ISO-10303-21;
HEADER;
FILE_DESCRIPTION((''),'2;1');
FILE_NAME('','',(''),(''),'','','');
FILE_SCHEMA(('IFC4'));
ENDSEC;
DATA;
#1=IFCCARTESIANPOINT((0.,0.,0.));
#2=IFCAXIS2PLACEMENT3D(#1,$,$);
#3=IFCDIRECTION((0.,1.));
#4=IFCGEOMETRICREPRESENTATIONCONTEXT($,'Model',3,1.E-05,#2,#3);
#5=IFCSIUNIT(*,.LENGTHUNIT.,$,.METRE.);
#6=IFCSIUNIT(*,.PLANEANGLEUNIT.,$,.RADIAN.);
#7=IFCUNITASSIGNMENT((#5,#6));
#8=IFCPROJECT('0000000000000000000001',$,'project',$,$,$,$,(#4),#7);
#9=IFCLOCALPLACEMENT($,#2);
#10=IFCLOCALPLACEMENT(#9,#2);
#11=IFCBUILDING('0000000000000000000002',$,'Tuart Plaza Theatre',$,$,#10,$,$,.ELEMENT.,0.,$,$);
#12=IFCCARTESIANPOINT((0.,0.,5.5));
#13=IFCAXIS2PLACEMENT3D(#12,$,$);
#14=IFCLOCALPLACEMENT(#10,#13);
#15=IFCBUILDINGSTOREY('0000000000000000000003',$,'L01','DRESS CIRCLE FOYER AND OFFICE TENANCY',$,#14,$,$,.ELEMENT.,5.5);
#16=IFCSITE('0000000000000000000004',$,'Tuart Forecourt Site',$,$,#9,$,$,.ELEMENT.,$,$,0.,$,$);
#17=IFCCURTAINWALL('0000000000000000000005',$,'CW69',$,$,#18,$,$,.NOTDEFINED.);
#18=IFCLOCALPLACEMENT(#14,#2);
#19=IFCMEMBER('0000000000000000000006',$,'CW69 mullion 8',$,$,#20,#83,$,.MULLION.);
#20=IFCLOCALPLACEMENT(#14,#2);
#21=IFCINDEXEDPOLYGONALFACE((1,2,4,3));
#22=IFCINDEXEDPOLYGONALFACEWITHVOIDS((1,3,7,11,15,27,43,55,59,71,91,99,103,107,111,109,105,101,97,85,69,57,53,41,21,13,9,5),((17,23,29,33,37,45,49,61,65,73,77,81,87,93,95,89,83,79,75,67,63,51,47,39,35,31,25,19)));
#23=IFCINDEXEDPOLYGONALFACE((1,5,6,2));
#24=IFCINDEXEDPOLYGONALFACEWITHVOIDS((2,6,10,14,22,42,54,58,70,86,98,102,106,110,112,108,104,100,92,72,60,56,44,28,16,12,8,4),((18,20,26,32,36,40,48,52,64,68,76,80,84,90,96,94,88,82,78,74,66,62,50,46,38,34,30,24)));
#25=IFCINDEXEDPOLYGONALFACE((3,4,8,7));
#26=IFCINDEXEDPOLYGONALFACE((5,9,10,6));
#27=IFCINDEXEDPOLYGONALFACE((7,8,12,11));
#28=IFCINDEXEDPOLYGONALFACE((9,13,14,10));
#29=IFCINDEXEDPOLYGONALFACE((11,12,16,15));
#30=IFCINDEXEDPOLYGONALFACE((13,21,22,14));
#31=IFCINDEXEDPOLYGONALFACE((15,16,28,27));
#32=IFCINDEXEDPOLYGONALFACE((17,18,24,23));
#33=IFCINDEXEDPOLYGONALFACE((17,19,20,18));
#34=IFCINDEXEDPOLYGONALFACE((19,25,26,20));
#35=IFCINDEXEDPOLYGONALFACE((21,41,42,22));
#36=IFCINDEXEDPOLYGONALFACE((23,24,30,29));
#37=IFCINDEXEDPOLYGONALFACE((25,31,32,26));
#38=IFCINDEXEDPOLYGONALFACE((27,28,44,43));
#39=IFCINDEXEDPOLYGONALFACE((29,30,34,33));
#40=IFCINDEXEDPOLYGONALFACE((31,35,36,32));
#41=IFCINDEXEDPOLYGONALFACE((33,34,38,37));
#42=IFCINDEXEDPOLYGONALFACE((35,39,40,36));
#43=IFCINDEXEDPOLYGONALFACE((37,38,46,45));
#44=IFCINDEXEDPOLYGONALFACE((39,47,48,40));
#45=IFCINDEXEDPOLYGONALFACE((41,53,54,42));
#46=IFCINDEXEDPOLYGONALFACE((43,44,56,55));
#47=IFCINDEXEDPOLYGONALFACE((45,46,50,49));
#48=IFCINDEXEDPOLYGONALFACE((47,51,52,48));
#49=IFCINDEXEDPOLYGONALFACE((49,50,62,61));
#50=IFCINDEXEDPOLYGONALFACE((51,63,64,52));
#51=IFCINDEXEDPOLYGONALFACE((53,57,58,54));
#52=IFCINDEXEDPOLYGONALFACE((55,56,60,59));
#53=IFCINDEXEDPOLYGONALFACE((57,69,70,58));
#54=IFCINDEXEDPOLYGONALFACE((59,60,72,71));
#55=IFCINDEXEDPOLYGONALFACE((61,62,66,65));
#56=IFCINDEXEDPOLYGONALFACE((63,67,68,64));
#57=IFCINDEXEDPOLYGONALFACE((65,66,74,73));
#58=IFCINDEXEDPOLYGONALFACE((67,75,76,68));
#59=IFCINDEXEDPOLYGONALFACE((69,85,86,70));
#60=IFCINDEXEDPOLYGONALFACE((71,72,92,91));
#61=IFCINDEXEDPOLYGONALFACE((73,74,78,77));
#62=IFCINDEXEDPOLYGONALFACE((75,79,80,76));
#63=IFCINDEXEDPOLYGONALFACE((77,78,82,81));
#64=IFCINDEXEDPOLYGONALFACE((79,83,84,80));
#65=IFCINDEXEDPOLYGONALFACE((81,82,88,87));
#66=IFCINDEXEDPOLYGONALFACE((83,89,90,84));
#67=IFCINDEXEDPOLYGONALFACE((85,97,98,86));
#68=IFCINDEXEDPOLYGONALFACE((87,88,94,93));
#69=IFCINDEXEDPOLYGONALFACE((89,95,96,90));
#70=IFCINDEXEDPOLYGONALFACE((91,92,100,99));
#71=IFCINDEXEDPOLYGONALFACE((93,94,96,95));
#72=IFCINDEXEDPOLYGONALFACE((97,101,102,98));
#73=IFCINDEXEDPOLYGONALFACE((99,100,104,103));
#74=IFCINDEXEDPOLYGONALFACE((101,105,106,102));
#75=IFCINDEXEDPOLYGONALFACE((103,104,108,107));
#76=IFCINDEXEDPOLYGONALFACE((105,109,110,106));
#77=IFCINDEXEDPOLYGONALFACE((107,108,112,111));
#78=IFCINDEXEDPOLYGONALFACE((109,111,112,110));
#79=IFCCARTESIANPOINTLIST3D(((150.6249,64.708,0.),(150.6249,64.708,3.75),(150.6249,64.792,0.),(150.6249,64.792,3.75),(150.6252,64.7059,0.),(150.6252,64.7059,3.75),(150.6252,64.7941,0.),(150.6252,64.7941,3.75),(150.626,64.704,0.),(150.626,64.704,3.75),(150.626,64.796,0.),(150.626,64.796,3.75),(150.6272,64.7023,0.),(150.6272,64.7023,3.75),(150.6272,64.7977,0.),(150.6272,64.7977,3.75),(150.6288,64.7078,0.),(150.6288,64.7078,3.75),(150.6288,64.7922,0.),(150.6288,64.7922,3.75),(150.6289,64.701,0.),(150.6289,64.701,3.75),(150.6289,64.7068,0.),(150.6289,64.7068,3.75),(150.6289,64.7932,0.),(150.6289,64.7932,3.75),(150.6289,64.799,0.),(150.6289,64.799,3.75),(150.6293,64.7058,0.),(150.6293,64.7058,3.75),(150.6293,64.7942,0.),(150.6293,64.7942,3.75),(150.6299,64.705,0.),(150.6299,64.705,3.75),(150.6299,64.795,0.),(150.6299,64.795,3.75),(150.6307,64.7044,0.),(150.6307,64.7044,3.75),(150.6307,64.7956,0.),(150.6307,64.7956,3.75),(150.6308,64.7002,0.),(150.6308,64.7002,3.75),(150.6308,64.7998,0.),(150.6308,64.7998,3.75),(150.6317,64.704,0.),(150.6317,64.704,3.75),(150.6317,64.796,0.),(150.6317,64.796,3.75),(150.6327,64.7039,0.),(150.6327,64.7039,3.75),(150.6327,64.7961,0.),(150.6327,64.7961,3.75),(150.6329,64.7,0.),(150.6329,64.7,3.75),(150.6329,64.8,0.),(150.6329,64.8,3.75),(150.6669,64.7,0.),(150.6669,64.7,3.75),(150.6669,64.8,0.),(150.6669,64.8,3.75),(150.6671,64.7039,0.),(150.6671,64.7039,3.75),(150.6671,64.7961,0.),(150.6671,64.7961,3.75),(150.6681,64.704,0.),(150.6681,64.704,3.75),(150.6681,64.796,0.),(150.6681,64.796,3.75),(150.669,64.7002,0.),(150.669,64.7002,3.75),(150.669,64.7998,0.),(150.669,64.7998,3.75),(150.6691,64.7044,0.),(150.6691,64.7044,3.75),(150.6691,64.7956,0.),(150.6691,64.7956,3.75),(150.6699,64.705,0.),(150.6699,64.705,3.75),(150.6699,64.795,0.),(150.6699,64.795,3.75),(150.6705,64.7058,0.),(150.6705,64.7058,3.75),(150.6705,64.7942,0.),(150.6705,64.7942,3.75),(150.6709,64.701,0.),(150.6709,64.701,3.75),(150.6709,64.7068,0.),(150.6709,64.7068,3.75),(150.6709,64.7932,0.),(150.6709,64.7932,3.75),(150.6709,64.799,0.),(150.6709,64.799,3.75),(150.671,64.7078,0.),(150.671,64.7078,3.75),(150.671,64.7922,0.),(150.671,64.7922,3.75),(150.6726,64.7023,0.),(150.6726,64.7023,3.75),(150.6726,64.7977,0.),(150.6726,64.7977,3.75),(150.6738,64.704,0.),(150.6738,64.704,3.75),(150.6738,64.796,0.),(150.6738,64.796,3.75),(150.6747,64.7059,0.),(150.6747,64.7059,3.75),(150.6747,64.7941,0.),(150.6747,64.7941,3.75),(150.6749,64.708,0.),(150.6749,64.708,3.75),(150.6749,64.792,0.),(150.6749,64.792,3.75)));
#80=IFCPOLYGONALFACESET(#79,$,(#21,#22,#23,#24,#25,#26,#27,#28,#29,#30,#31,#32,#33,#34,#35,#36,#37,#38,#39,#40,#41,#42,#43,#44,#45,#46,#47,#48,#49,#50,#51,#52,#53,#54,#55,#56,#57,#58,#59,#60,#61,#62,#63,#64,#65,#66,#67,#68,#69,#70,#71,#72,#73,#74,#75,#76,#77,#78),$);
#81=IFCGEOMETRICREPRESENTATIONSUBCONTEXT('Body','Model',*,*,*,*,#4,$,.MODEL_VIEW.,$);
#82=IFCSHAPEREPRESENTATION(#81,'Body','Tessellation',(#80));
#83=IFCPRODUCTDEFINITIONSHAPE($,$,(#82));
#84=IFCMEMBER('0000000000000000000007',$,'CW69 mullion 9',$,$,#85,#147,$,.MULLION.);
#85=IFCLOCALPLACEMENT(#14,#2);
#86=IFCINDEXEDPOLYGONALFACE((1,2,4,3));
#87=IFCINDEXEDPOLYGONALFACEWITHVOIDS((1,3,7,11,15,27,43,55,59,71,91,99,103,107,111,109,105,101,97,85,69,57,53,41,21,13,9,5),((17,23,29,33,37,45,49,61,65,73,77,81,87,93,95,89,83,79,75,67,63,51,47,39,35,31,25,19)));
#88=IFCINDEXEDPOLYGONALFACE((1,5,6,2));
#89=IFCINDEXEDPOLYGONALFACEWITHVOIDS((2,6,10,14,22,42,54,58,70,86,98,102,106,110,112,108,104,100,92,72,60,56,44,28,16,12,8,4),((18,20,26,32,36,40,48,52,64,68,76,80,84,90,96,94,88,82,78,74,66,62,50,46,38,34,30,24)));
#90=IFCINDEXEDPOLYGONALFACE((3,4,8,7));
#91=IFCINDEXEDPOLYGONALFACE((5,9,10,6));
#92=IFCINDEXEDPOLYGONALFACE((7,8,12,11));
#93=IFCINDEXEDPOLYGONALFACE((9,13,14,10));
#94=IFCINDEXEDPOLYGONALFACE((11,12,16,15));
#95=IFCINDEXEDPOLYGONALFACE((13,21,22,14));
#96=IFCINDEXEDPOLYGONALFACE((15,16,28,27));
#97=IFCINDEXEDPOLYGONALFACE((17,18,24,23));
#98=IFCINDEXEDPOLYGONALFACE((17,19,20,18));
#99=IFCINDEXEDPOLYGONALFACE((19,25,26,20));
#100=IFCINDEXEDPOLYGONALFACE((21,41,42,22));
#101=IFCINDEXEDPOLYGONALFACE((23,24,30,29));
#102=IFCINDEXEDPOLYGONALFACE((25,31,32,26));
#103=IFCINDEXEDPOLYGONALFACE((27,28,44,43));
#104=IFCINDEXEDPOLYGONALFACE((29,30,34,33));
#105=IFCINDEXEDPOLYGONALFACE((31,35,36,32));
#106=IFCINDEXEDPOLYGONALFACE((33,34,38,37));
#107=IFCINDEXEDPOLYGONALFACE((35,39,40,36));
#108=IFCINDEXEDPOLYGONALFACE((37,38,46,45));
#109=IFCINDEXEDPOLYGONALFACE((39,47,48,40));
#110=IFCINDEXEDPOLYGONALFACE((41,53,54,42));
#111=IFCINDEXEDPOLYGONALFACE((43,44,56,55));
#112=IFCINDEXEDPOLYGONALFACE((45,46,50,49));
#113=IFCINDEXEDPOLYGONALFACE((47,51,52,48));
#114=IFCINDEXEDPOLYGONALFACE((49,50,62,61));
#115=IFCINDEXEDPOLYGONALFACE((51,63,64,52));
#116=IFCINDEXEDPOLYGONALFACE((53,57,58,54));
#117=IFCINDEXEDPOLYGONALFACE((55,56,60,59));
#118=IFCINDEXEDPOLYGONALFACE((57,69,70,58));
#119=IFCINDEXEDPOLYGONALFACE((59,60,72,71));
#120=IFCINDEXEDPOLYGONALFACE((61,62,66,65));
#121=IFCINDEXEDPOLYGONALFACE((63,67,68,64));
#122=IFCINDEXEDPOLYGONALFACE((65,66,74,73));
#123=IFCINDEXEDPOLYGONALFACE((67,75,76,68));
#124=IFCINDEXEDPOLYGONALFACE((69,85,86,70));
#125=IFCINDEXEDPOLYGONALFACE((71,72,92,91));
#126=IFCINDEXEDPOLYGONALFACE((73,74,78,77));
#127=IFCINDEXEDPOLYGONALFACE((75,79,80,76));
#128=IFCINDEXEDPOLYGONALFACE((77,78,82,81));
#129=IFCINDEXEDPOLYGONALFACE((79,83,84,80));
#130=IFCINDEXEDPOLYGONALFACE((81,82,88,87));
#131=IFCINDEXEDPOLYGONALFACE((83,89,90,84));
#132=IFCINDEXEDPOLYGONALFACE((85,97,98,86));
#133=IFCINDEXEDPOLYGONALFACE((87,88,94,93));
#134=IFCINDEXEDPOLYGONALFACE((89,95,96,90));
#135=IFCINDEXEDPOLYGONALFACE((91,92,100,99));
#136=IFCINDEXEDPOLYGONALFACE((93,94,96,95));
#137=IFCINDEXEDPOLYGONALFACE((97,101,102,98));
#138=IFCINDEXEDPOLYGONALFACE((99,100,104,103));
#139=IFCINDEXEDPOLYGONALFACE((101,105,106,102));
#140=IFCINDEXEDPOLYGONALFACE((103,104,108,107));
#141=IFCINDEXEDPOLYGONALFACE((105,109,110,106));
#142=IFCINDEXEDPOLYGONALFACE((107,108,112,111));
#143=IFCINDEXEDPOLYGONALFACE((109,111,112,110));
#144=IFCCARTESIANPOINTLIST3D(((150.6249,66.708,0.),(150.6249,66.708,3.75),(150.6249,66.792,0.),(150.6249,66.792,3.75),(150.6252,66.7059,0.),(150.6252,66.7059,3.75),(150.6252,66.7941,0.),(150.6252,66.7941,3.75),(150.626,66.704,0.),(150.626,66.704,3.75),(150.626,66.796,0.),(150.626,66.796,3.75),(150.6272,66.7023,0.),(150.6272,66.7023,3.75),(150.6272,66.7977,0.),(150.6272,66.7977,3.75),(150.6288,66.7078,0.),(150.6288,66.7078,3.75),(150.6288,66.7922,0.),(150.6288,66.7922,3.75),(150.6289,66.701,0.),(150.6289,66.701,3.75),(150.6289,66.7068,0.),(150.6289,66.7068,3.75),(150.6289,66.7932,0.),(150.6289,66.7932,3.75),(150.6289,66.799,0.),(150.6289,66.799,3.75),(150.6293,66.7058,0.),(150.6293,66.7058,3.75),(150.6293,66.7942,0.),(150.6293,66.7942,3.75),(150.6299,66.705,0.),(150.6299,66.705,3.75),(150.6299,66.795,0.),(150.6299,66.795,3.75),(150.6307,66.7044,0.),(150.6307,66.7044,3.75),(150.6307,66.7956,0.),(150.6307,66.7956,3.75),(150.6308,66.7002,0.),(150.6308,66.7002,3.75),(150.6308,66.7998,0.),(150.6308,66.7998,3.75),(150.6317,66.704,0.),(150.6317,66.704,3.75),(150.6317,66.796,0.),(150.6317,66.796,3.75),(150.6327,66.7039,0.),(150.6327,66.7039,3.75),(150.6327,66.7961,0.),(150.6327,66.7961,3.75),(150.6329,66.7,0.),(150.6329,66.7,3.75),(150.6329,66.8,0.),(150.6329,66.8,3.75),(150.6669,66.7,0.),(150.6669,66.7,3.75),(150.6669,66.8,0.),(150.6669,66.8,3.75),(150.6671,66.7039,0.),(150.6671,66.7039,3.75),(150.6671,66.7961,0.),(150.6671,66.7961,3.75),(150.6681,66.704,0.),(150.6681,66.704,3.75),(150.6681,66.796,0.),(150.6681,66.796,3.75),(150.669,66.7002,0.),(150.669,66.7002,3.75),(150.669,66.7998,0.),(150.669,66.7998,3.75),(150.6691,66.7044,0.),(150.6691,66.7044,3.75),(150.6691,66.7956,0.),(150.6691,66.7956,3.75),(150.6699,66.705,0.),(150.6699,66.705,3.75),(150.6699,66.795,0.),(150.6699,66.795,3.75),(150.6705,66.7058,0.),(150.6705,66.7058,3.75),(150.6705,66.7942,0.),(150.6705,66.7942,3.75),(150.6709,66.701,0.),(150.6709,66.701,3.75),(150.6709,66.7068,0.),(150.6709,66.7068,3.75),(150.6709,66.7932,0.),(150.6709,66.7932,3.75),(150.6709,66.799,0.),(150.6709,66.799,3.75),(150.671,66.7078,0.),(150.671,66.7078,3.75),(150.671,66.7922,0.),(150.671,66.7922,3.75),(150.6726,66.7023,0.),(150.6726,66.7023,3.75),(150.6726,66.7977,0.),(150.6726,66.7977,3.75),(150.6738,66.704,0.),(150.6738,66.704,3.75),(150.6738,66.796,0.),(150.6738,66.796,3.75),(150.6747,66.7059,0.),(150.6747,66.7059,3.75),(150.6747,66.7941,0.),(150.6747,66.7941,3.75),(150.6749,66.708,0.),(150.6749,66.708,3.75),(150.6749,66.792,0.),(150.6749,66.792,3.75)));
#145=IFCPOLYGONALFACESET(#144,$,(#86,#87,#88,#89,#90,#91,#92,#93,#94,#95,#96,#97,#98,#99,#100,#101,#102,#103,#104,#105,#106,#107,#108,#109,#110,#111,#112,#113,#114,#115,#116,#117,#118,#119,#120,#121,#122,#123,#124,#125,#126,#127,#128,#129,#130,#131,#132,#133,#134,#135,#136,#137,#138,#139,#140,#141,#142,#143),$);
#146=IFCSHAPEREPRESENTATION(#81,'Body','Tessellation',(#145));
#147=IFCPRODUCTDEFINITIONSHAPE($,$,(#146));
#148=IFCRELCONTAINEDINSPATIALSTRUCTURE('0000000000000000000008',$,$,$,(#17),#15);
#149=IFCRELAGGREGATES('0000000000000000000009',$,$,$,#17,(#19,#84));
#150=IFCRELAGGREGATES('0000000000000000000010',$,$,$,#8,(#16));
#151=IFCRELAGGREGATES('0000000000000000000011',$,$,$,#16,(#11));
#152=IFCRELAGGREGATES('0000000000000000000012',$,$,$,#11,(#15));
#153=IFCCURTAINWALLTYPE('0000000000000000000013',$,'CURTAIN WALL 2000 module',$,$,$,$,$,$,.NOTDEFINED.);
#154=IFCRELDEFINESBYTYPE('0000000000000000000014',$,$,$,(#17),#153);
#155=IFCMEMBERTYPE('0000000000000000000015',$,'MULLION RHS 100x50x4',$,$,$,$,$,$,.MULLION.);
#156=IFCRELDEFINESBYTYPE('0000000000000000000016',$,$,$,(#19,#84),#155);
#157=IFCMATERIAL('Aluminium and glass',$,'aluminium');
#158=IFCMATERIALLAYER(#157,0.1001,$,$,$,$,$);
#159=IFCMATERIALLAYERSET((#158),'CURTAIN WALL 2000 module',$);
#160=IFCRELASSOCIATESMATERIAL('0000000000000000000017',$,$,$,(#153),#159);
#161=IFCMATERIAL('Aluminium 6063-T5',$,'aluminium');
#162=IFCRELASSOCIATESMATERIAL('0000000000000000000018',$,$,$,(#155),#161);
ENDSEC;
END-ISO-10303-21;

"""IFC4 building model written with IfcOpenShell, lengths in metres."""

from ifc_helpers import new_model, si_unit, direction, frame, origin, origin_2d, place, context, subcontext, project, spatial, hollow_rectangle, extrude, material, layer, layer_set, material_profile, profile_set, type_object, element, aggregate, save


model = new_model("IFC4")

# Units and contexts
model_context = context("Model", 3, precision=1e-05, world=origin(), true_north=direction((0.0, 1.0)))
body_context = subcontext(model_context, "Body", "Model", "MODEL_VIEW")
ifc_project = project(units=[si_unit("LENGTHUNIT", "METRE"), si_unit("PLANEANGLEUNIT", "RADIAN")], contexts=[model_context])

# Site, building, storey
site_placement = place(None, origin())
site = spatial("IfcSite", under=ifc_project, at=site_placement, Name="Tuart Forecourt Site", CompositionType="ELEMENT", RefElevation=0.0)
building_placement = place(site_placement, origin())
building = spatial("IfcBuilding", under=site, at=building_placement, Name="Tuart Plaza Theatre", CompositionType="ELEMENT", ElevationOfRefHeight=0.0)
storey_placement = place(building_placement, frame((0.0, 0.0, 5.5)))
storey = spatial("IfcBuildingStorey", under=building, at=storey_placement, Name="L01", Description="DRESS CIRCLE FOYER AND OFFICE TENANCY", CompositionType="ELEMENT", Elevation=5.5)

# Curtain wall, members
ifc_material_1 = material(Name="Aluminium and glass", Category="aluminium")
ifc_layer_1 = layer(ifc_material_1, 0.1001)
ifc_layer_set_1 = layer_set([ifc_layer_1], Name="CURTAIN WALL 2000 module")
curtain_wall_type = type_object("IfcCurtainWallType", Name="CURTAIN WALL 2000 module", PredefinedType="NOTDEFINED", material=ifc_layer_set_1)
curtain_wall_placement = place(storey_placement, origin())
curtain_wall = element("IfcCurtainWall", 1, at=curtain_wall_placement, inside=storey, type_object=curtain_wall_type, Name="CW69", PredefinedType="NOTDEFINED")
ifc_material_2 = material(Name="Aluminium 6063-T5", Category="aluminium")
ifc_material_profile_1 = material_profile(ifc_material_2, hollow_rectangle(XDim=0.05, YDim=0.1001, WallThickness=0.0039, InnerFilletRadius=0.0039, OuterFilletRadius=0.0081, at=origin_2d()), Name="RHS 100x50x4")
ifc_profile_set_1 = profile_set([ifc_material_profile_1], Name="Aluminium 6063-T5")
member_type_1 = type_object("IfcMemberType", Name="MULLION RHS 100x50x4", PredefinedType="MULLION", material=ifc_profile_set_1)
member_1_placement = place(storey_placement, frame((150.6499, 64.75, 0.0), z_axis=(0.0, 0.0, 1.0), x_axis=(-1.0, 0.0, 0.0)))
member_1 = element("IfcMember", 2, at=member_1_placement, type_object=member_type_1, Name="CW69 mullion 8", PredefinedType="MULLION", context=body_context, shape_type="SweptSolid", body=[
    extrude(hollow_rectangle(XDim=0.05, YDim=0.1001, WallThickness=0.0039, InnerFilletRadius=0.0039, OuterFilletRadius=0.0081, at=origin_2d()), origin(), (0.0, 0.0, 1.0), 3.75),
])
member_2_placement = place(storey_placement, frame((150.6499, 66.75, 0.0), z_axis=(0.0, 0.0, 1.0), x_axis=(-1.0, 0.0, 0.0)))
member_2 = element("IfcMember", 3, at=member_2_placement, type_object=member_type_1, Name="CW69 mullion 9", PredefinedType="MULLION", context=body_context, shape_type="SweptSolid", body=[
    extrude(hollow_rectangle(XDim=0.05, YDim=0.1001, WallThickness=0.0039, InnerFilletRadius=0.0039, OuterFilletRadius=0.0081, at=origin_2d()), origin(), (0.0, 0.0, 1.0), 3.75),
])
aggregate(curtain_wall, [member_1, member_2])

save(model, "model.ifc")
